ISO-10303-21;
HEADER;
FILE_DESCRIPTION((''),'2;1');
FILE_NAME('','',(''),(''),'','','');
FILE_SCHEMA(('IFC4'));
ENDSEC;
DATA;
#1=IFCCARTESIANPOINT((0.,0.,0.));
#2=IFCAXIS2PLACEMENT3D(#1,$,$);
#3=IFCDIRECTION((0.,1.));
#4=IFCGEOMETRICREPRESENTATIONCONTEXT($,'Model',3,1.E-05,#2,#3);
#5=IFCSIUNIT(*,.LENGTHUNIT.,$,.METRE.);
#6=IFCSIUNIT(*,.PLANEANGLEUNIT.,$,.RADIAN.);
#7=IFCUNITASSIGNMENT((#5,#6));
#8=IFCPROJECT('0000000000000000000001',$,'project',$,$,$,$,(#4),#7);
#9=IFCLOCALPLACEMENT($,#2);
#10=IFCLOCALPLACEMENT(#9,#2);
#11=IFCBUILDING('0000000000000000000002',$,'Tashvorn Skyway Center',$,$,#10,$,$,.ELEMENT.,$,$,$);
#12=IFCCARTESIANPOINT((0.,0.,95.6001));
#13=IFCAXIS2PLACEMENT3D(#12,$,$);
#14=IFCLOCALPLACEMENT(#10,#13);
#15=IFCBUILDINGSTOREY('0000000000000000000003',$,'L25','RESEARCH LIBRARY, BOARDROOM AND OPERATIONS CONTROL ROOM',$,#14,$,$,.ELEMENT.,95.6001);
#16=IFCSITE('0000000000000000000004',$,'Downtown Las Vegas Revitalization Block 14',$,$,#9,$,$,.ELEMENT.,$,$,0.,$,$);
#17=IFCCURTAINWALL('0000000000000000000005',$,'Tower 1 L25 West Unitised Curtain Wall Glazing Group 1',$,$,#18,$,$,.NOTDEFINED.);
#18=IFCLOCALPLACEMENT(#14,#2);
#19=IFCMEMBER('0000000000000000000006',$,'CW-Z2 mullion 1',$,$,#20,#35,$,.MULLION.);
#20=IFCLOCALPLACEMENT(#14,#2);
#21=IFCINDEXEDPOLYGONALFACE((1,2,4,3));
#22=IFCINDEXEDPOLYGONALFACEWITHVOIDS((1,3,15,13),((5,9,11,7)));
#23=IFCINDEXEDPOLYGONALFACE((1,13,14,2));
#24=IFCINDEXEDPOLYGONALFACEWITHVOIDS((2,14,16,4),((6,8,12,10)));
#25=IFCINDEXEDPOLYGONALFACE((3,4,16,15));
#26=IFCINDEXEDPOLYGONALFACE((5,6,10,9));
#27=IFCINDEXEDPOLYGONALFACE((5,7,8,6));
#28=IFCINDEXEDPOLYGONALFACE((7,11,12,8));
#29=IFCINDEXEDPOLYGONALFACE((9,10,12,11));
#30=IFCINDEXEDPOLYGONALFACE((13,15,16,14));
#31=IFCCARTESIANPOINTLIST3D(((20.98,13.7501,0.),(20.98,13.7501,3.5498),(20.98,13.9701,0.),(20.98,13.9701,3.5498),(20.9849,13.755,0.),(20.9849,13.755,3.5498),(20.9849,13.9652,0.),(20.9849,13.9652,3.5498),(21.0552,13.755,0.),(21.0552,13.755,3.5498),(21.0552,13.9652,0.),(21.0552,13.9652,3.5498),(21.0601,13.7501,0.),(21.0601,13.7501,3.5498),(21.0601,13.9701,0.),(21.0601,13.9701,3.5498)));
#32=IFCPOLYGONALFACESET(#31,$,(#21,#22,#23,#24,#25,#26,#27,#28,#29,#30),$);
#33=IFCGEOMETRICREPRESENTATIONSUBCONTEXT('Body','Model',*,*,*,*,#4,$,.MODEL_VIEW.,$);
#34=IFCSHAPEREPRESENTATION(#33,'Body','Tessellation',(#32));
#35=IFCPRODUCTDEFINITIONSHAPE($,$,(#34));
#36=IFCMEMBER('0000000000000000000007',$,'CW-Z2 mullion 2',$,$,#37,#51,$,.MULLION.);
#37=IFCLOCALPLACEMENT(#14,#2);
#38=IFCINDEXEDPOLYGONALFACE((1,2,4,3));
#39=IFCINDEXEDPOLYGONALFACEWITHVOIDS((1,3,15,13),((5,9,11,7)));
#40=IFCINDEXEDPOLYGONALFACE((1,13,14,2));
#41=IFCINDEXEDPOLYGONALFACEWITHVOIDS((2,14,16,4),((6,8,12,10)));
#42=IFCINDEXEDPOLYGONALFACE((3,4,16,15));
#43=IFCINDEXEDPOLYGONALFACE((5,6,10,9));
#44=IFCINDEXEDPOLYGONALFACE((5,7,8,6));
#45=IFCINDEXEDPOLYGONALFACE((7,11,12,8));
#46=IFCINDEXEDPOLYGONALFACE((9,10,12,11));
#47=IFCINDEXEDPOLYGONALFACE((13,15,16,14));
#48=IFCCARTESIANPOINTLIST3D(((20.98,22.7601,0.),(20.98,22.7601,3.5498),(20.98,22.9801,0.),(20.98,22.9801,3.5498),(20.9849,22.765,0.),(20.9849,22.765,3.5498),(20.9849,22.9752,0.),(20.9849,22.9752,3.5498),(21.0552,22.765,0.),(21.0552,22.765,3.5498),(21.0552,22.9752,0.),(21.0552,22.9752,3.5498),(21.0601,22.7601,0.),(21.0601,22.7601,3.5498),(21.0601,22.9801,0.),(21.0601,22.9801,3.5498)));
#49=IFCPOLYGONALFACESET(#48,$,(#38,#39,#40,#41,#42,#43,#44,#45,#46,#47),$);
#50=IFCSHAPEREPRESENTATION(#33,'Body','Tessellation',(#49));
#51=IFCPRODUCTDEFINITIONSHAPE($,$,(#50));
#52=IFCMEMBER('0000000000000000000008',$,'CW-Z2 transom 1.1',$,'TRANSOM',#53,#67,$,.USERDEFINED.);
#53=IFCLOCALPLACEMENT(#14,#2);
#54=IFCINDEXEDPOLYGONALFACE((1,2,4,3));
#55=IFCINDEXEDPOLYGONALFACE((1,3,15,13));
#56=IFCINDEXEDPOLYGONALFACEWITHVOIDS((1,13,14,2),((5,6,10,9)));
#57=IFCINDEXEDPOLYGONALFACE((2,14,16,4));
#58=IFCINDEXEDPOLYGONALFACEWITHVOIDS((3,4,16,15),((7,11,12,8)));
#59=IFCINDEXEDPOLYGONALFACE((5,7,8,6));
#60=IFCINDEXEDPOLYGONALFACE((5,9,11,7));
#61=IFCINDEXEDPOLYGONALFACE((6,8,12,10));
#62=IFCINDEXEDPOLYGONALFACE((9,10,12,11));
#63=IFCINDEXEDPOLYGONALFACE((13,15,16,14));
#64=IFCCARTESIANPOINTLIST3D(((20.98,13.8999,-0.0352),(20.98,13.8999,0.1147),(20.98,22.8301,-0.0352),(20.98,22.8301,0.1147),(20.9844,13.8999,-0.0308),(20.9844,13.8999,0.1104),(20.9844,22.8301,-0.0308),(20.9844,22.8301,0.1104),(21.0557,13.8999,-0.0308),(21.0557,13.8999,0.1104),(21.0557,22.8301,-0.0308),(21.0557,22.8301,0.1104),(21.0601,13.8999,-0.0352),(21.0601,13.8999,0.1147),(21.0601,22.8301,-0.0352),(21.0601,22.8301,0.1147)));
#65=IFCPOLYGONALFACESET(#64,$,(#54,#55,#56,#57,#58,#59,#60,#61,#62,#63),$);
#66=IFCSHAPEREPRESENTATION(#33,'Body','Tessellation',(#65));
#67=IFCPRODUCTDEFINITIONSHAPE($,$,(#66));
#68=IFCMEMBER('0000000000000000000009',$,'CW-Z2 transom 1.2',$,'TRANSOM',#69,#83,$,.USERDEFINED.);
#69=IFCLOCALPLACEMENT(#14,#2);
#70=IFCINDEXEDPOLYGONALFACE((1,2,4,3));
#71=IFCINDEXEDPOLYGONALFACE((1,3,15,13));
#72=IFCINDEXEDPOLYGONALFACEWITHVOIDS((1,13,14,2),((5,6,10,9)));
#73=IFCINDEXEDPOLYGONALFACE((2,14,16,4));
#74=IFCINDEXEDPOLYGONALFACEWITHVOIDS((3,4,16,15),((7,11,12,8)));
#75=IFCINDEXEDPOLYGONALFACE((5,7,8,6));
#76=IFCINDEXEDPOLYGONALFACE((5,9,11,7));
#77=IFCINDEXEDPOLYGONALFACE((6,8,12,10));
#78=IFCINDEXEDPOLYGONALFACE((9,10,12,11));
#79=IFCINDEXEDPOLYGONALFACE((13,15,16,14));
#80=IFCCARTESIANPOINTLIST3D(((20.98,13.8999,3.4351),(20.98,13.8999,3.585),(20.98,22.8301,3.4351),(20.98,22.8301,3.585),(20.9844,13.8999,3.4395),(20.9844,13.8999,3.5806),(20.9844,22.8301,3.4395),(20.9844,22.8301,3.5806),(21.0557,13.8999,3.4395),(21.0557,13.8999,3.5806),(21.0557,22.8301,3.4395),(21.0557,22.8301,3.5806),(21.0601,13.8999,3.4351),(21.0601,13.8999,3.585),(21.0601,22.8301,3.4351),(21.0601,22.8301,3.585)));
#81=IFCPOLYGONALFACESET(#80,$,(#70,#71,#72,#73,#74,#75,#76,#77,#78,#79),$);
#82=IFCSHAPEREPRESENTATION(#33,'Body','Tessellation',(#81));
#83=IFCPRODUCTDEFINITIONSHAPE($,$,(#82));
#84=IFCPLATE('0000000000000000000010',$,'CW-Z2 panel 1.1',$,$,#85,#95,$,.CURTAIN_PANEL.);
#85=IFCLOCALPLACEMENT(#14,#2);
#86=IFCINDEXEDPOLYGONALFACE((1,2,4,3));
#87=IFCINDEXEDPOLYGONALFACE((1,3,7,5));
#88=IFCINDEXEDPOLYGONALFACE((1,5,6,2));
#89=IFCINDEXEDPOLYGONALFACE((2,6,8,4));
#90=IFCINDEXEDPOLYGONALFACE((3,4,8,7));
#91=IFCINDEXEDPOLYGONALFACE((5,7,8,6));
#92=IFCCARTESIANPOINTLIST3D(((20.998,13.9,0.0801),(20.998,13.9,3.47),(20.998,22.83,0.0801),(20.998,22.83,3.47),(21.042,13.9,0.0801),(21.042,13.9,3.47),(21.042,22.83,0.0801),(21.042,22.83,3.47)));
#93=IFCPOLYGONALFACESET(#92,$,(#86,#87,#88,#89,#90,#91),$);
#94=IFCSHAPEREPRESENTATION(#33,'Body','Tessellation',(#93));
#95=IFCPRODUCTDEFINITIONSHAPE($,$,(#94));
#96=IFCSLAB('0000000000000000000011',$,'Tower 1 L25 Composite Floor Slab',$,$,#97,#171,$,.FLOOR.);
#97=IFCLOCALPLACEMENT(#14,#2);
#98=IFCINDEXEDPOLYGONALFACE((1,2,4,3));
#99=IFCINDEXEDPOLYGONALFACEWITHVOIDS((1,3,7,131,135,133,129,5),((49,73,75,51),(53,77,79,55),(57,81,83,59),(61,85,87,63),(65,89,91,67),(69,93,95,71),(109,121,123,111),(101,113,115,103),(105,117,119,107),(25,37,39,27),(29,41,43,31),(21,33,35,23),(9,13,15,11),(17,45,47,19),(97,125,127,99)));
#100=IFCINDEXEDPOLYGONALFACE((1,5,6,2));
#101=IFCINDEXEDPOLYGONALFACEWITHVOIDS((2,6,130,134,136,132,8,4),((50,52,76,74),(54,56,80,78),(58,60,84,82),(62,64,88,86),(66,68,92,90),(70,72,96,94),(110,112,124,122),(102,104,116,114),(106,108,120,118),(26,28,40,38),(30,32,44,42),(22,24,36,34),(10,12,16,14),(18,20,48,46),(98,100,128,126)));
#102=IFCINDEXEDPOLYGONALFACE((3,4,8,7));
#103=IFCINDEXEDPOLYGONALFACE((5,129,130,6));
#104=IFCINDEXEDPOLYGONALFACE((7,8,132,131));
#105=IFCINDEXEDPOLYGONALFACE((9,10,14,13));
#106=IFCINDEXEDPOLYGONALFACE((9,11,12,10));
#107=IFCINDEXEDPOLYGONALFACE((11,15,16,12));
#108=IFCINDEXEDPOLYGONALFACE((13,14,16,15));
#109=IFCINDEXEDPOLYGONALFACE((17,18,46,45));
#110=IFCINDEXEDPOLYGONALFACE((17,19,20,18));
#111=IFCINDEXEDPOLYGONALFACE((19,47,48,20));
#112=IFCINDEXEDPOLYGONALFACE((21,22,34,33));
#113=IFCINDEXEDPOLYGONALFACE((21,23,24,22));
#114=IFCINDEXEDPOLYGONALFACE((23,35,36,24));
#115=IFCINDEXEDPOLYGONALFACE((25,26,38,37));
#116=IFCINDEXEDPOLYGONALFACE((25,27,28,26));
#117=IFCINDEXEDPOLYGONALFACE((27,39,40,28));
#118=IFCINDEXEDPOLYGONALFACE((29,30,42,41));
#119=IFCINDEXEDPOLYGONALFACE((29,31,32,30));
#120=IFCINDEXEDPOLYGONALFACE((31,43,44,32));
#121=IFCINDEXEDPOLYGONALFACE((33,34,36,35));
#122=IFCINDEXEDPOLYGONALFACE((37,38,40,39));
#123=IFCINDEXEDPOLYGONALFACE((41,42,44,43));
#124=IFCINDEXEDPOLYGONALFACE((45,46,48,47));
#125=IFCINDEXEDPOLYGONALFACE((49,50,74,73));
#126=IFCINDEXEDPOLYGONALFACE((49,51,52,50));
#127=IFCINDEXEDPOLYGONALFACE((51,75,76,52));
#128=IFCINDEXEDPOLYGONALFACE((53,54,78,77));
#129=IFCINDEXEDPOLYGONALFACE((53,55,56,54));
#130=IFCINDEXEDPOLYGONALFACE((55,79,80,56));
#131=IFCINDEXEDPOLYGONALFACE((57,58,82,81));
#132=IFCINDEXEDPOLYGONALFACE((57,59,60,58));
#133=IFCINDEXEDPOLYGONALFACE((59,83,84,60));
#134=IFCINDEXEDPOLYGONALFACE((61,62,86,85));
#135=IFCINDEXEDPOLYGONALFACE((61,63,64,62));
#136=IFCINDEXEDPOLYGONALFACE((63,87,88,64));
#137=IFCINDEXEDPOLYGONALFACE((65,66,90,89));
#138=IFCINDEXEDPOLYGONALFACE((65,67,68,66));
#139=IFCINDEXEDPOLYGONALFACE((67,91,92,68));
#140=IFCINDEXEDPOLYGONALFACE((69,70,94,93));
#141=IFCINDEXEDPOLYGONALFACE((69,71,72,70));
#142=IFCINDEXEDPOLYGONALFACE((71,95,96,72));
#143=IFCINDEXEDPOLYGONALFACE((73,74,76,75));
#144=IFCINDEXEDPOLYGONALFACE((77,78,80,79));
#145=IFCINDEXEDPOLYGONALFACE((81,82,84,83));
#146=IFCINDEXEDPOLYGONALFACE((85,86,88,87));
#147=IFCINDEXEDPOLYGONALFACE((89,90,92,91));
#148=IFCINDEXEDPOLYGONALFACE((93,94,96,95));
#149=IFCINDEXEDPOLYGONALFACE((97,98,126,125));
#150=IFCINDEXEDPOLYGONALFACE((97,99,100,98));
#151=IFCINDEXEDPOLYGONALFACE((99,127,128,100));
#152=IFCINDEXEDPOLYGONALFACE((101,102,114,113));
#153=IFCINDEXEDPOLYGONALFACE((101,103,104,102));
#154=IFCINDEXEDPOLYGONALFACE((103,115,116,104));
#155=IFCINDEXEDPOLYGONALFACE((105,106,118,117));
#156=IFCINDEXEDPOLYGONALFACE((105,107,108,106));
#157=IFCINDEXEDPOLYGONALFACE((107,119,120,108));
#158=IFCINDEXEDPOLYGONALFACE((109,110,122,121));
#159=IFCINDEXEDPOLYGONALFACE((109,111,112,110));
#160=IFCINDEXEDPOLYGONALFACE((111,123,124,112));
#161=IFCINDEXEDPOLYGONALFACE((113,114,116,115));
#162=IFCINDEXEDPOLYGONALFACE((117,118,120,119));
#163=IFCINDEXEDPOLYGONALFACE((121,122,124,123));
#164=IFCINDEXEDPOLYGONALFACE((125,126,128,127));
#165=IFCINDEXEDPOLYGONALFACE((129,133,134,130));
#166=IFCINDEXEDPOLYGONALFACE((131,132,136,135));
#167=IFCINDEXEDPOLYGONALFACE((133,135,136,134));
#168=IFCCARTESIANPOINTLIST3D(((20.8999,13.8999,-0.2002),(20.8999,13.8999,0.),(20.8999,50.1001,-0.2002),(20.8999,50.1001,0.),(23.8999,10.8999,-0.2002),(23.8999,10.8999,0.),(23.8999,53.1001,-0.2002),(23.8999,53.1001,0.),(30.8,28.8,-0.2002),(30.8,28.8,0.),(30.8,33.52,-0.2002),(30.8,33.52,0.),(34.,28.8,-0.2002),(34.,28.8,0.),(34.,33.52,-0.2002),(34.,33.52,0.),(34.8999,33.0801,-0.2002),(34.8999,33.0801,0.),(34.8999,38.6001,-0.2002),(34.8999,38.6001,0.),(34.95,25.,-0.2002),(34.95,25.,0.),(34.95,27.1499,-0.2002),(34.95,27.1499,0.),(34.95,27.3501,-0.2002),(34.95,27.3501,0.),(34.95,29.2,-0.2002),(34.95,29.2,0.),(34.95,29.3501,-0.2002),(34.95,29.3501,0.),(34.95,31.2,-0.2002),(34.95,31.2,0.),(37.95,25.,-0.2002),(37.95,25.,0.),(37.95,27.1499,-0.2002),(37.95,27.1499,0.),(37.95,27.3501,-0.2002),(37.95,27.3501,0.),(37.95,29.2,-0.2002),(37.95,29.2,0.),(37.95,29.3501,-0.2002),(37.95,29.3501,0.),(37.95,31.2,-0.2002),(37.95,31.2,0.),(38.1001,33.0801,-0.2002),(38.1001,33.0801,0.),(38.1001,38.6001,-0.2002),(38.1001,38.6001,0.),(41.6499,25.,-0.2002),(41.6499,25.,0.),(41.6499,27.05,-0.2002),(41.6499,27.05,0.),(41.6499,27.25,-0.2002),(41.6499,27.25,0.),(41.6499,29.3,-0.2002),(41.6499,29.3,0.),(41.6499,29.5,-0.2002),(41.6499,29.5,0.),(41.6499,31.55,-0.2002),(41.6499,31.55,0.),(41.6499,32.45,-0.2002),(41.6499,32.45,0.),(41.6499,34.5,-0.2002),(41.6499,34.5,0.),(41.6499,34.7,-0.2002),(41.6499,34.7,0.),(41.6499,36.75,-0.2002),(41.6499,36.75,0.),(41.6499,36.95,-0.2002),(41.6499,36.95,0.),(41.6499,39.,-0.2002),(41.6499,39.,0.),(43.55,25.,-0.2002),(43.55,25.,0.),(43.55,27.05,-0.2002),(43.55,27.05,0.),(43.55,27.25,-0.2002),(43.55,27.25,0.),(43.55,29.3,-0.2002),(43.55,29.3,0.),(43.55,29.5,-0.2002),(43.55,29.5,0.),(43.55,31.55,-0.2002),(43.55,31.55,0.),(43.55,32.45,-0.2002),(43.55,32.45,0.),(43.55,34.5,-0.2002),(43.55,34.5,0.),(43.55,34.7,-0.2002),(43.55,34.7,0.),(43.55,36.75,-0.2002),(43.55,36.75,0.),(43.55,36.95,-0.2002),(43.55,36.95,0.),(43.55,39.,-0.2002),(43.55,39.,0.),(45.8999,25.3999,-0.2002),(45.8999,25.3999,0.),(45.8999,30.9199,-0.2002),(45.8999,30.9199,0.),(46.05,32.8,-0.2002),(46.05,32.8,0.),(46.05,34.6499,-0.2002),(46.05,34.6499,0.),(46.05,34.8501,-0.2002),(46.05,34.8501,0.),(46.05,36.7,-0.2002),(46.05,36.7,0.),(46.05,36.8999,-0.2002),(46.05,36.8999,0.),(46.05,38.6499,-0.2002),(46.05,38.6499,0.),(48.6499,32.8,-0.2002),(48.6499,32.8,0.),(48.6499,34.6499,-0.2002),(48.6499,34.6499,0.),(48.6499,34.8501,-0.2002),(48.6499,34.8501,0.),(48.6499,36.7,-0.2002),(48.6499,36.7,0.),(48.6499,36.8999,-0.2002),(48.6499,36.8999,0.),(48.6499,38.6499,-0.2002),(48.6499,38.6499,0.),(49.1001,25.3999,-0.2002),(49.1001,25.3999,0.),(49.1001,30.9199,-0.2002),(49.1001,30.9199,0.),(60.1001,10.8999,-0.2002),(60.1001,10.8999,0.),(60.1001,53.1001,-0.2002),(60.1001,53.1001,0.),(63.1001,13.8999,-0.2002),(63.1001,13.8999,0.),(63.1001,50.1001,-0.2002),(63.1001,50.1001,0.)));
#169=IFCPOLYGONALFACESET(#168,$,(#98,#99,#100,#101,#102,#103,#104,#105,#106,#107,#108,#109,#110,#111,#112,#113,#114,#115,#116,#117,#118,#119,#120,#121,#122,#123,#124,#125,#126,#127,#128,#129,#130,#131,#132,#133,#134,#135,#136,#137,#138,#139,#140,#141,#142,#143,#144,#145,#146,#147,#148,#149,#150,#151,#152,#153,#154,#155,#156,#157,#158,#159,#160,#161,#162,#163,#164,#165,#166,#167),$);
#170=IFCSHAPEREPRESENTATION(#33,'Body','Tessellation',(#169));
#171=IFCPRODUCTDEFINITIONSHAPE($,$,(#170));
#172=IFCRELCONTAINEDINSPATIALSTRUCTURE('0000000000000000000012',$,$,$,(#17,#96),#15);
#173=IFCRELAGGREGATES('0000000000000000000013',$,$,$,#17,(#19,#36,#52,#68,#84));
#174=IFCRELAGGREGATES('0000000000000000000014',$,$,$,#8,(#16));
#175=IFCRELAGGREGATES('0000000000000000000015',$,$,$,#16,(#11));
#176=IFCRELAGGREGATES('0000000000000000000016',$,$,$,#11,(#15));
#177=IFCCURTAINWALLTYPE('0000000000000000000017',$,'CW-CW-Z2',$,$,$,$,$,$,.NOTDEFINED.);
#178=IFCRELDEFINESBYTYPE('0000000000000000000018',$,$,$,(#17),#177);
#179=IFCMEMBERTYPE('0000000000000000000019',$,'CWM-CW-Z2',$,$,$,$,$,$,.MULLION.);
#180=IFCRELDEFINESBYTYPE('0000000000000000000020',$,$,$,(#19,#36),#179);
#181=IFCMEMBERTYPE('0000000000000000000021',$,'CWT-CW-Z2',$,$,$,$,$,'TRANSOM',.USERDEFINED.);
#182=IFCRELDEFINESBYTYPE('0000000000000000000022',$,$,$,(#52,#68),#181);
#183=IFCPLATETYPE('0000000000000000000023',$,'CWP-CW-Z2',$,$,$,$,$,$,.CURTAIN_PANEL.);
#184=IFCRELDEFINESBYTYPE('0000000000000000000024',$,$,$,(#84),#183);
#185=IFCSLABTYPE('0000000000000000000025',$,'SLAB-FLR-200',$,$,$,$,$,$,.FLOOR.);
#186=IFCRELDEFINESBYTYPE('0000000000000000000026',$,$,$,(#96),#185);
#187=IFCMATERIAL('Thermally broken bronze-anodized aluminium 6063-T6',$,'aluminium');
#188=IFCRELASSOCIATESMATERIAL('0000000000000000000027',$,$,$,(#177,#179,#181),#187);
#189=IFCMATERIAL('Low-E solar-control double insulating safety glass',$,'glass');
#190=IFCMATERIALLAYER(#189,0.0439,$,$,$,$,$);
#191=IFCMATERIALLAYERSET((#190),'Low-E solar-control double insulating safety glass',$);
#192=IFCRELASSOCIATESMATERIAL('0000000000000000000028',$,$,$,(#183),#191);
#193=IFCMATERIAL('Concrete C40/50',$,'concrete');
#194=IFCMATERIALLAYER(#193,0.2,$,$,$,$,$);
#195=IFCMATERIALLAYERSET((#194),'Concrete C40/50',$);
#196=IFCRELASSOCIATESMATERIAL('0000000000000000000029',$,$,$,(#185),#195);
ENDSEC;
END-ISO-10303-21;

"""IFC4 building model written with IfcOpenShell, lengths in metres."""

from ifc_helpers import new_model, si_unit, direction, frame, origin, origin_2d, place, context, subcontext, project, spatial, polyline, rectangle, hollow_rectangle, outline, extrude, material, layer, layer_set, material_profile, profile_set, type_object, element, aggregate, save


model = new_model("IFC4")

# Units and contexts
model_context = context("Model", 3, precision=1e-05, world=origin(), true_north=direction((0.0, 1.0)))
body_context = subcontext(model_context, "Body", "Model", "MODEL_VIEW")
ifc_project = project(units=[si_unit("LENGTHUNIT", "METRE"), si_unit("PLANEANGLEUNIT", "RADIAN")], contexts=[model_context])

# Site, building, storey
site_placement = place(None, origin())
site = spatial("IfcSite", under=ifc_project, at=site_placement, Name="Downtown Las Vegas Revitalization Block 14", CompositionType="ELEMENT", RefElevation=0.0)
building_placement = place(site_placement, origin())
building = spatial("IfcBuilding", under=site, at=building_placement, Name="Tashvorn Skyway Center", CompositionType="ELEMENT")
storey_placement = place(building_placement, frame((0.0, 0.0, 95.6001)))
storey = spatial("IfcBuildingStorey", under=building, at=storey_placement, Name="L25", Description="RESEARCH LIBRARY, BOARDROOM AND OPERATIONS CONTROL ROOM", CompositionType="ELEMENT", Elevation=95.6001)

# Curtain wall, members, plate
ifc_material_1 = material(Name="Thermally broken bronze-anodized aluminium 6063-T6", Category="aluminium")
curtain_wall_type = type_object("IfcCurtainWallType", Name="CW-CW-Z2", PredefinedType="NOTDEFINED", material=ifc_material_1)
curtain_wall_placement = place(storey_placement, origin())
curtain_wall = element("IfcCurtainWall", 1, at=curtain_wall_placement, inside=storey, type_object=curtain_wall_type, Name="Tower 1 L25 West Unitised Curtain Wall Glazing Group 1", PredefinedType="NOTDEFINED")
ifc_material_profile_1 = material_profile(ifc_material_1, hollow_rectangle(XDim=0.0801, YDim=0.22, WallThickness=0.0049, at=origin_2d()), Name="ALU-MULL-80x220")
ifc_profile_set_1 = profile_set([ifc_material_profile_1], Name="Thermally broken bronze-anodized aluminium 6063-T6")
member_type_1 = type_object("IfcMemberType", Name="CWM-CW-Z2", PredefinedType="MULLION", material=ifc_profile_set_1)
member_1_placement = place(storey_placement, frame((21.02, 13.8601, 0.0), z_axis=(0.0, 0.0, 1.0), x_axis=(-1.0, 0.0, 0.0)))
member_1 = element("IfcMember", 2, at=member_1_placement, type_object=member_type_1, Name="CW-Z2 mullion 1", PredefinedType="MULLION", context=body_context, shape_type="SweptSolid", body=[
    extrude(hollow_rectangle(XDim=0.0801, YDim=0.22, WallThickness=0.0049, at=origin_2d()), origin(), (0.0, 0.0, 1.0), 3.5498),
])
member_2_placement = place(storey_placement, frame((21.02, 22.8701, 0.0), z_axis=(0.0, 0.0, 1.0), x_axis=(-1.0, 0.0, 0.0)))
member_2 = element("IfcMember", 3, at=member_2_placement, type_object=member_type_1, Name="CW-Z2 mullion 2", PredefinedType="MULLION", context=body_context, shape_type="SweptSolid", body=[
    extrude(hollow_rectangle(XDim=0.0801, YDim=0.22, WallThickness=0.0049, at=origin_2d()), origin(), (0.0, 0.0, 1.0), 3.5498),
])
ifc_material_profile_2 = material_profile(ifc_material_1, hollow_rectangle(XDim=0.0801, YDim=0.1499, WallThickness=0.0044, at=origin_2d()), Name="ALU-TRAN-80x150")
ifc_profile_set_2 = profile_set([ifc_material_profile_2], Name="Thermally broken bronze-anodized aluminium 6063-T6")
member_type_2 = type_object("IfcMemberType", Name="CWT-CW-Z2", ElementType="TRANSOM", PredefinedType="USERDEFINED", material=ifc_profile_set_2)
member_3_placement = place(storey_placement, frame((21.02, 13.8999, 0.0398), z_axis=(0.0, 1.0, 0.0), x_axis=(-1.0, 0.0, 0.0)))
member_3 = element("IfcMember", 4, at=member_3_placement, type_object=member_type_2, Name="CW-Z2 transom 1.1", ObjectType="TRANSOM", PredefinedType="USERDEFINED", context=body_context, shape_type="SweptSolid", body=[
    extrude(hollow_rectangle(XDim=0.0801, YDim=0.1499, WallThickness=0.0044, at=origin_2d()), origin(), (0.0, 0.0, 1.0), 8.9302),
])
member_4_placement = place(storey_placement, frame((21.02, 13.8999, 3.51), z_axis=(0.0, 1.0, 0.0), x_axis=(-1.0, 0.0, 0.0)))
member_4 = element("IfcMember", 5, at=member_4_placement, type_object=member_type_2, Name="CW-Z2 transom 1.2", ObjectType="TRANSOM", PredefinedType="USERDEFINED", context=body_context, shape_type="SweptSolid", body=[
    extrude(hollow_rectangle(XDim=0.0801, YDim=0.1499, WallThickness=0.0044, at=origin_2d()), origin(), (0.0, 0.0, 1.0), 8.9302),
])
ifc_material_2 = material(Name="Low-E solar-control double insulating safety glass", Category="glass")
ifc_layer_1 = layer(ifc_material_2, 0.0439)
ifc_layer_set_1 = layer_set([ifc_layer_1], Name="Low-E solar-control double insulating safety glass")
plate_type = type_object("IfcPlateType", Name="CWP-CW-Z2", PredefinedType="CURTAIN_PANEL", material=ifc_layer_set_1)
plate_placement = place(storey_placement, frame((21.02, 18.365, 0.0801), z_axis=(0.0, 0.0, 1.0), x_axis=(0.0, 1.0, 0.0)))
plate = element("IfcPlate", 6, at=plate_placement, type_object=plate_type, Name="CW-Z2 panel 1.1", PredefinedType="CURTAIN_PANEL", context=body_context, shape_type="SweptSolid", body=[
    extrude(rectangle(XDim=8.9299, YDim=0.0439, at=origin_2d()), origin(), (0.0, 0.0, 1.0), 3.3899),
])
aggregate(curtain_wall, [member_1, member_2, member_3, member_4, plate])

# Slab
ifc_material_3 = material(Name="Concrete C40/50", Category="concrete")
ifc_layer_2 = layer(ifc_material_3, 0.2)
ifc_layer_set_2 = layer_set([ifc_layer_2], Name="Concrete C40/50")
slab_type_1 = type_object("IfcSlabType", Name="SLAB-FLR-200", PredefinedType="FLOOR", material=ifc_layer_set_2)
slab_1_placement = place(storey_placement, frame((0.0, 0.0, -0.2002)))
element("IfcSlab", 7, at=slab_1_placement, inside=storey, type_object=slab_type_1, Name="Tower 1 L25 Composite Floor Slab", PredefinedType="FLOOR", context=body_context, shape_type="SweptSolid", body=[
    extrude(outline(polyline([(23.8999, 10.8999), (60.1001, 10.8999), (63.1001, 13.8999), (63.1001, 50.1001), (60.1001, 53.1001), (23.8999, 53.1001), (20.8999, 50.1001), (20.8999, 13.8999), (23.8999, 10.8999)]), holes=[polyline([(38.1001, 33.0801), (38.1001, 38.6001), (34.8999, 38.6001), (34.8999, 33.0801), (38.1001, 33.0801)]), polyline([(45.8999, 30.9199), (45.8999, 25.3999), (49.1001, 25.3999), (49.1001, 30.9199), (45.8999, 30.9199)]), polyline([(30.8, 33.52), (30.8, 28.8), (34.0, 28.8), (34.0, 33.52), (30.8, 33.52)]), polyline([(34.95, 29.3501), (37.95, 29.3501), (37.95, 31.2), (34.95, 31.2), (34.95, 29.3501)]), polyline([(34.95, 27.3501), (37.95, 27.3501), (37.95, 29.2), (34.95, 29.2), (34.95, 27.3501)]), polyline([(34.95, 25.0), (37.95, 25.0), (37.95, 27.1499), (34.95, 27.1499), (34.95, 25.0)]), polyline([(41.6499, 25.0), (43.55, 25.0), (43.55, 27.05), (41.6499, 27.05), (41.6499, 25.0)]), polyline([(41.6499, 27.25), (43.55, 27.25), (43.55, 29.3), (41.6499, 29.3), (41.6499, 27.25)]), polyline([(41.6499, 29.5), (43.55, 29.5), (43.55, 31.55), (41.6499, 31.55), (41.6499, 29.5)]), polyline([(41.6499, 32.45), (43.55, 32.45), (43.55, 34.5), (41.6499, 34.5), (41.6499, 32.45)]), polyline([(41.6499, 34.7), (43.55, 34.7), (43.55, 36.75), (41.6499, 36.75), (41.6499, 34.7)]), polyline([(41.6499, 36.95), (43.55, 36.95), (43.55, 39.0), (41.6499, 39.0), (41.6499, 36.95)]), polyline([(46.05, 32.8), (48.6499, 32.8), (48.6499, 34.6499), (46.05, 34.6499), (46.05, 32.8)]), polyline([(46.05, 34.8501), (48.6499, 34.8501), (48.6499, 36.7), (46.05, 36.7), (46.05, 34.8501)]), polyline([(46.05, 36.8999), (48.6499, 36.8999), (48.6499, 38.6499), (46.05, 38.6499), (46.05, 36.8999)])]), origin(), (0.0, 0.0, 1.0), 0.2002),
])

save(model, "model.ifc")
